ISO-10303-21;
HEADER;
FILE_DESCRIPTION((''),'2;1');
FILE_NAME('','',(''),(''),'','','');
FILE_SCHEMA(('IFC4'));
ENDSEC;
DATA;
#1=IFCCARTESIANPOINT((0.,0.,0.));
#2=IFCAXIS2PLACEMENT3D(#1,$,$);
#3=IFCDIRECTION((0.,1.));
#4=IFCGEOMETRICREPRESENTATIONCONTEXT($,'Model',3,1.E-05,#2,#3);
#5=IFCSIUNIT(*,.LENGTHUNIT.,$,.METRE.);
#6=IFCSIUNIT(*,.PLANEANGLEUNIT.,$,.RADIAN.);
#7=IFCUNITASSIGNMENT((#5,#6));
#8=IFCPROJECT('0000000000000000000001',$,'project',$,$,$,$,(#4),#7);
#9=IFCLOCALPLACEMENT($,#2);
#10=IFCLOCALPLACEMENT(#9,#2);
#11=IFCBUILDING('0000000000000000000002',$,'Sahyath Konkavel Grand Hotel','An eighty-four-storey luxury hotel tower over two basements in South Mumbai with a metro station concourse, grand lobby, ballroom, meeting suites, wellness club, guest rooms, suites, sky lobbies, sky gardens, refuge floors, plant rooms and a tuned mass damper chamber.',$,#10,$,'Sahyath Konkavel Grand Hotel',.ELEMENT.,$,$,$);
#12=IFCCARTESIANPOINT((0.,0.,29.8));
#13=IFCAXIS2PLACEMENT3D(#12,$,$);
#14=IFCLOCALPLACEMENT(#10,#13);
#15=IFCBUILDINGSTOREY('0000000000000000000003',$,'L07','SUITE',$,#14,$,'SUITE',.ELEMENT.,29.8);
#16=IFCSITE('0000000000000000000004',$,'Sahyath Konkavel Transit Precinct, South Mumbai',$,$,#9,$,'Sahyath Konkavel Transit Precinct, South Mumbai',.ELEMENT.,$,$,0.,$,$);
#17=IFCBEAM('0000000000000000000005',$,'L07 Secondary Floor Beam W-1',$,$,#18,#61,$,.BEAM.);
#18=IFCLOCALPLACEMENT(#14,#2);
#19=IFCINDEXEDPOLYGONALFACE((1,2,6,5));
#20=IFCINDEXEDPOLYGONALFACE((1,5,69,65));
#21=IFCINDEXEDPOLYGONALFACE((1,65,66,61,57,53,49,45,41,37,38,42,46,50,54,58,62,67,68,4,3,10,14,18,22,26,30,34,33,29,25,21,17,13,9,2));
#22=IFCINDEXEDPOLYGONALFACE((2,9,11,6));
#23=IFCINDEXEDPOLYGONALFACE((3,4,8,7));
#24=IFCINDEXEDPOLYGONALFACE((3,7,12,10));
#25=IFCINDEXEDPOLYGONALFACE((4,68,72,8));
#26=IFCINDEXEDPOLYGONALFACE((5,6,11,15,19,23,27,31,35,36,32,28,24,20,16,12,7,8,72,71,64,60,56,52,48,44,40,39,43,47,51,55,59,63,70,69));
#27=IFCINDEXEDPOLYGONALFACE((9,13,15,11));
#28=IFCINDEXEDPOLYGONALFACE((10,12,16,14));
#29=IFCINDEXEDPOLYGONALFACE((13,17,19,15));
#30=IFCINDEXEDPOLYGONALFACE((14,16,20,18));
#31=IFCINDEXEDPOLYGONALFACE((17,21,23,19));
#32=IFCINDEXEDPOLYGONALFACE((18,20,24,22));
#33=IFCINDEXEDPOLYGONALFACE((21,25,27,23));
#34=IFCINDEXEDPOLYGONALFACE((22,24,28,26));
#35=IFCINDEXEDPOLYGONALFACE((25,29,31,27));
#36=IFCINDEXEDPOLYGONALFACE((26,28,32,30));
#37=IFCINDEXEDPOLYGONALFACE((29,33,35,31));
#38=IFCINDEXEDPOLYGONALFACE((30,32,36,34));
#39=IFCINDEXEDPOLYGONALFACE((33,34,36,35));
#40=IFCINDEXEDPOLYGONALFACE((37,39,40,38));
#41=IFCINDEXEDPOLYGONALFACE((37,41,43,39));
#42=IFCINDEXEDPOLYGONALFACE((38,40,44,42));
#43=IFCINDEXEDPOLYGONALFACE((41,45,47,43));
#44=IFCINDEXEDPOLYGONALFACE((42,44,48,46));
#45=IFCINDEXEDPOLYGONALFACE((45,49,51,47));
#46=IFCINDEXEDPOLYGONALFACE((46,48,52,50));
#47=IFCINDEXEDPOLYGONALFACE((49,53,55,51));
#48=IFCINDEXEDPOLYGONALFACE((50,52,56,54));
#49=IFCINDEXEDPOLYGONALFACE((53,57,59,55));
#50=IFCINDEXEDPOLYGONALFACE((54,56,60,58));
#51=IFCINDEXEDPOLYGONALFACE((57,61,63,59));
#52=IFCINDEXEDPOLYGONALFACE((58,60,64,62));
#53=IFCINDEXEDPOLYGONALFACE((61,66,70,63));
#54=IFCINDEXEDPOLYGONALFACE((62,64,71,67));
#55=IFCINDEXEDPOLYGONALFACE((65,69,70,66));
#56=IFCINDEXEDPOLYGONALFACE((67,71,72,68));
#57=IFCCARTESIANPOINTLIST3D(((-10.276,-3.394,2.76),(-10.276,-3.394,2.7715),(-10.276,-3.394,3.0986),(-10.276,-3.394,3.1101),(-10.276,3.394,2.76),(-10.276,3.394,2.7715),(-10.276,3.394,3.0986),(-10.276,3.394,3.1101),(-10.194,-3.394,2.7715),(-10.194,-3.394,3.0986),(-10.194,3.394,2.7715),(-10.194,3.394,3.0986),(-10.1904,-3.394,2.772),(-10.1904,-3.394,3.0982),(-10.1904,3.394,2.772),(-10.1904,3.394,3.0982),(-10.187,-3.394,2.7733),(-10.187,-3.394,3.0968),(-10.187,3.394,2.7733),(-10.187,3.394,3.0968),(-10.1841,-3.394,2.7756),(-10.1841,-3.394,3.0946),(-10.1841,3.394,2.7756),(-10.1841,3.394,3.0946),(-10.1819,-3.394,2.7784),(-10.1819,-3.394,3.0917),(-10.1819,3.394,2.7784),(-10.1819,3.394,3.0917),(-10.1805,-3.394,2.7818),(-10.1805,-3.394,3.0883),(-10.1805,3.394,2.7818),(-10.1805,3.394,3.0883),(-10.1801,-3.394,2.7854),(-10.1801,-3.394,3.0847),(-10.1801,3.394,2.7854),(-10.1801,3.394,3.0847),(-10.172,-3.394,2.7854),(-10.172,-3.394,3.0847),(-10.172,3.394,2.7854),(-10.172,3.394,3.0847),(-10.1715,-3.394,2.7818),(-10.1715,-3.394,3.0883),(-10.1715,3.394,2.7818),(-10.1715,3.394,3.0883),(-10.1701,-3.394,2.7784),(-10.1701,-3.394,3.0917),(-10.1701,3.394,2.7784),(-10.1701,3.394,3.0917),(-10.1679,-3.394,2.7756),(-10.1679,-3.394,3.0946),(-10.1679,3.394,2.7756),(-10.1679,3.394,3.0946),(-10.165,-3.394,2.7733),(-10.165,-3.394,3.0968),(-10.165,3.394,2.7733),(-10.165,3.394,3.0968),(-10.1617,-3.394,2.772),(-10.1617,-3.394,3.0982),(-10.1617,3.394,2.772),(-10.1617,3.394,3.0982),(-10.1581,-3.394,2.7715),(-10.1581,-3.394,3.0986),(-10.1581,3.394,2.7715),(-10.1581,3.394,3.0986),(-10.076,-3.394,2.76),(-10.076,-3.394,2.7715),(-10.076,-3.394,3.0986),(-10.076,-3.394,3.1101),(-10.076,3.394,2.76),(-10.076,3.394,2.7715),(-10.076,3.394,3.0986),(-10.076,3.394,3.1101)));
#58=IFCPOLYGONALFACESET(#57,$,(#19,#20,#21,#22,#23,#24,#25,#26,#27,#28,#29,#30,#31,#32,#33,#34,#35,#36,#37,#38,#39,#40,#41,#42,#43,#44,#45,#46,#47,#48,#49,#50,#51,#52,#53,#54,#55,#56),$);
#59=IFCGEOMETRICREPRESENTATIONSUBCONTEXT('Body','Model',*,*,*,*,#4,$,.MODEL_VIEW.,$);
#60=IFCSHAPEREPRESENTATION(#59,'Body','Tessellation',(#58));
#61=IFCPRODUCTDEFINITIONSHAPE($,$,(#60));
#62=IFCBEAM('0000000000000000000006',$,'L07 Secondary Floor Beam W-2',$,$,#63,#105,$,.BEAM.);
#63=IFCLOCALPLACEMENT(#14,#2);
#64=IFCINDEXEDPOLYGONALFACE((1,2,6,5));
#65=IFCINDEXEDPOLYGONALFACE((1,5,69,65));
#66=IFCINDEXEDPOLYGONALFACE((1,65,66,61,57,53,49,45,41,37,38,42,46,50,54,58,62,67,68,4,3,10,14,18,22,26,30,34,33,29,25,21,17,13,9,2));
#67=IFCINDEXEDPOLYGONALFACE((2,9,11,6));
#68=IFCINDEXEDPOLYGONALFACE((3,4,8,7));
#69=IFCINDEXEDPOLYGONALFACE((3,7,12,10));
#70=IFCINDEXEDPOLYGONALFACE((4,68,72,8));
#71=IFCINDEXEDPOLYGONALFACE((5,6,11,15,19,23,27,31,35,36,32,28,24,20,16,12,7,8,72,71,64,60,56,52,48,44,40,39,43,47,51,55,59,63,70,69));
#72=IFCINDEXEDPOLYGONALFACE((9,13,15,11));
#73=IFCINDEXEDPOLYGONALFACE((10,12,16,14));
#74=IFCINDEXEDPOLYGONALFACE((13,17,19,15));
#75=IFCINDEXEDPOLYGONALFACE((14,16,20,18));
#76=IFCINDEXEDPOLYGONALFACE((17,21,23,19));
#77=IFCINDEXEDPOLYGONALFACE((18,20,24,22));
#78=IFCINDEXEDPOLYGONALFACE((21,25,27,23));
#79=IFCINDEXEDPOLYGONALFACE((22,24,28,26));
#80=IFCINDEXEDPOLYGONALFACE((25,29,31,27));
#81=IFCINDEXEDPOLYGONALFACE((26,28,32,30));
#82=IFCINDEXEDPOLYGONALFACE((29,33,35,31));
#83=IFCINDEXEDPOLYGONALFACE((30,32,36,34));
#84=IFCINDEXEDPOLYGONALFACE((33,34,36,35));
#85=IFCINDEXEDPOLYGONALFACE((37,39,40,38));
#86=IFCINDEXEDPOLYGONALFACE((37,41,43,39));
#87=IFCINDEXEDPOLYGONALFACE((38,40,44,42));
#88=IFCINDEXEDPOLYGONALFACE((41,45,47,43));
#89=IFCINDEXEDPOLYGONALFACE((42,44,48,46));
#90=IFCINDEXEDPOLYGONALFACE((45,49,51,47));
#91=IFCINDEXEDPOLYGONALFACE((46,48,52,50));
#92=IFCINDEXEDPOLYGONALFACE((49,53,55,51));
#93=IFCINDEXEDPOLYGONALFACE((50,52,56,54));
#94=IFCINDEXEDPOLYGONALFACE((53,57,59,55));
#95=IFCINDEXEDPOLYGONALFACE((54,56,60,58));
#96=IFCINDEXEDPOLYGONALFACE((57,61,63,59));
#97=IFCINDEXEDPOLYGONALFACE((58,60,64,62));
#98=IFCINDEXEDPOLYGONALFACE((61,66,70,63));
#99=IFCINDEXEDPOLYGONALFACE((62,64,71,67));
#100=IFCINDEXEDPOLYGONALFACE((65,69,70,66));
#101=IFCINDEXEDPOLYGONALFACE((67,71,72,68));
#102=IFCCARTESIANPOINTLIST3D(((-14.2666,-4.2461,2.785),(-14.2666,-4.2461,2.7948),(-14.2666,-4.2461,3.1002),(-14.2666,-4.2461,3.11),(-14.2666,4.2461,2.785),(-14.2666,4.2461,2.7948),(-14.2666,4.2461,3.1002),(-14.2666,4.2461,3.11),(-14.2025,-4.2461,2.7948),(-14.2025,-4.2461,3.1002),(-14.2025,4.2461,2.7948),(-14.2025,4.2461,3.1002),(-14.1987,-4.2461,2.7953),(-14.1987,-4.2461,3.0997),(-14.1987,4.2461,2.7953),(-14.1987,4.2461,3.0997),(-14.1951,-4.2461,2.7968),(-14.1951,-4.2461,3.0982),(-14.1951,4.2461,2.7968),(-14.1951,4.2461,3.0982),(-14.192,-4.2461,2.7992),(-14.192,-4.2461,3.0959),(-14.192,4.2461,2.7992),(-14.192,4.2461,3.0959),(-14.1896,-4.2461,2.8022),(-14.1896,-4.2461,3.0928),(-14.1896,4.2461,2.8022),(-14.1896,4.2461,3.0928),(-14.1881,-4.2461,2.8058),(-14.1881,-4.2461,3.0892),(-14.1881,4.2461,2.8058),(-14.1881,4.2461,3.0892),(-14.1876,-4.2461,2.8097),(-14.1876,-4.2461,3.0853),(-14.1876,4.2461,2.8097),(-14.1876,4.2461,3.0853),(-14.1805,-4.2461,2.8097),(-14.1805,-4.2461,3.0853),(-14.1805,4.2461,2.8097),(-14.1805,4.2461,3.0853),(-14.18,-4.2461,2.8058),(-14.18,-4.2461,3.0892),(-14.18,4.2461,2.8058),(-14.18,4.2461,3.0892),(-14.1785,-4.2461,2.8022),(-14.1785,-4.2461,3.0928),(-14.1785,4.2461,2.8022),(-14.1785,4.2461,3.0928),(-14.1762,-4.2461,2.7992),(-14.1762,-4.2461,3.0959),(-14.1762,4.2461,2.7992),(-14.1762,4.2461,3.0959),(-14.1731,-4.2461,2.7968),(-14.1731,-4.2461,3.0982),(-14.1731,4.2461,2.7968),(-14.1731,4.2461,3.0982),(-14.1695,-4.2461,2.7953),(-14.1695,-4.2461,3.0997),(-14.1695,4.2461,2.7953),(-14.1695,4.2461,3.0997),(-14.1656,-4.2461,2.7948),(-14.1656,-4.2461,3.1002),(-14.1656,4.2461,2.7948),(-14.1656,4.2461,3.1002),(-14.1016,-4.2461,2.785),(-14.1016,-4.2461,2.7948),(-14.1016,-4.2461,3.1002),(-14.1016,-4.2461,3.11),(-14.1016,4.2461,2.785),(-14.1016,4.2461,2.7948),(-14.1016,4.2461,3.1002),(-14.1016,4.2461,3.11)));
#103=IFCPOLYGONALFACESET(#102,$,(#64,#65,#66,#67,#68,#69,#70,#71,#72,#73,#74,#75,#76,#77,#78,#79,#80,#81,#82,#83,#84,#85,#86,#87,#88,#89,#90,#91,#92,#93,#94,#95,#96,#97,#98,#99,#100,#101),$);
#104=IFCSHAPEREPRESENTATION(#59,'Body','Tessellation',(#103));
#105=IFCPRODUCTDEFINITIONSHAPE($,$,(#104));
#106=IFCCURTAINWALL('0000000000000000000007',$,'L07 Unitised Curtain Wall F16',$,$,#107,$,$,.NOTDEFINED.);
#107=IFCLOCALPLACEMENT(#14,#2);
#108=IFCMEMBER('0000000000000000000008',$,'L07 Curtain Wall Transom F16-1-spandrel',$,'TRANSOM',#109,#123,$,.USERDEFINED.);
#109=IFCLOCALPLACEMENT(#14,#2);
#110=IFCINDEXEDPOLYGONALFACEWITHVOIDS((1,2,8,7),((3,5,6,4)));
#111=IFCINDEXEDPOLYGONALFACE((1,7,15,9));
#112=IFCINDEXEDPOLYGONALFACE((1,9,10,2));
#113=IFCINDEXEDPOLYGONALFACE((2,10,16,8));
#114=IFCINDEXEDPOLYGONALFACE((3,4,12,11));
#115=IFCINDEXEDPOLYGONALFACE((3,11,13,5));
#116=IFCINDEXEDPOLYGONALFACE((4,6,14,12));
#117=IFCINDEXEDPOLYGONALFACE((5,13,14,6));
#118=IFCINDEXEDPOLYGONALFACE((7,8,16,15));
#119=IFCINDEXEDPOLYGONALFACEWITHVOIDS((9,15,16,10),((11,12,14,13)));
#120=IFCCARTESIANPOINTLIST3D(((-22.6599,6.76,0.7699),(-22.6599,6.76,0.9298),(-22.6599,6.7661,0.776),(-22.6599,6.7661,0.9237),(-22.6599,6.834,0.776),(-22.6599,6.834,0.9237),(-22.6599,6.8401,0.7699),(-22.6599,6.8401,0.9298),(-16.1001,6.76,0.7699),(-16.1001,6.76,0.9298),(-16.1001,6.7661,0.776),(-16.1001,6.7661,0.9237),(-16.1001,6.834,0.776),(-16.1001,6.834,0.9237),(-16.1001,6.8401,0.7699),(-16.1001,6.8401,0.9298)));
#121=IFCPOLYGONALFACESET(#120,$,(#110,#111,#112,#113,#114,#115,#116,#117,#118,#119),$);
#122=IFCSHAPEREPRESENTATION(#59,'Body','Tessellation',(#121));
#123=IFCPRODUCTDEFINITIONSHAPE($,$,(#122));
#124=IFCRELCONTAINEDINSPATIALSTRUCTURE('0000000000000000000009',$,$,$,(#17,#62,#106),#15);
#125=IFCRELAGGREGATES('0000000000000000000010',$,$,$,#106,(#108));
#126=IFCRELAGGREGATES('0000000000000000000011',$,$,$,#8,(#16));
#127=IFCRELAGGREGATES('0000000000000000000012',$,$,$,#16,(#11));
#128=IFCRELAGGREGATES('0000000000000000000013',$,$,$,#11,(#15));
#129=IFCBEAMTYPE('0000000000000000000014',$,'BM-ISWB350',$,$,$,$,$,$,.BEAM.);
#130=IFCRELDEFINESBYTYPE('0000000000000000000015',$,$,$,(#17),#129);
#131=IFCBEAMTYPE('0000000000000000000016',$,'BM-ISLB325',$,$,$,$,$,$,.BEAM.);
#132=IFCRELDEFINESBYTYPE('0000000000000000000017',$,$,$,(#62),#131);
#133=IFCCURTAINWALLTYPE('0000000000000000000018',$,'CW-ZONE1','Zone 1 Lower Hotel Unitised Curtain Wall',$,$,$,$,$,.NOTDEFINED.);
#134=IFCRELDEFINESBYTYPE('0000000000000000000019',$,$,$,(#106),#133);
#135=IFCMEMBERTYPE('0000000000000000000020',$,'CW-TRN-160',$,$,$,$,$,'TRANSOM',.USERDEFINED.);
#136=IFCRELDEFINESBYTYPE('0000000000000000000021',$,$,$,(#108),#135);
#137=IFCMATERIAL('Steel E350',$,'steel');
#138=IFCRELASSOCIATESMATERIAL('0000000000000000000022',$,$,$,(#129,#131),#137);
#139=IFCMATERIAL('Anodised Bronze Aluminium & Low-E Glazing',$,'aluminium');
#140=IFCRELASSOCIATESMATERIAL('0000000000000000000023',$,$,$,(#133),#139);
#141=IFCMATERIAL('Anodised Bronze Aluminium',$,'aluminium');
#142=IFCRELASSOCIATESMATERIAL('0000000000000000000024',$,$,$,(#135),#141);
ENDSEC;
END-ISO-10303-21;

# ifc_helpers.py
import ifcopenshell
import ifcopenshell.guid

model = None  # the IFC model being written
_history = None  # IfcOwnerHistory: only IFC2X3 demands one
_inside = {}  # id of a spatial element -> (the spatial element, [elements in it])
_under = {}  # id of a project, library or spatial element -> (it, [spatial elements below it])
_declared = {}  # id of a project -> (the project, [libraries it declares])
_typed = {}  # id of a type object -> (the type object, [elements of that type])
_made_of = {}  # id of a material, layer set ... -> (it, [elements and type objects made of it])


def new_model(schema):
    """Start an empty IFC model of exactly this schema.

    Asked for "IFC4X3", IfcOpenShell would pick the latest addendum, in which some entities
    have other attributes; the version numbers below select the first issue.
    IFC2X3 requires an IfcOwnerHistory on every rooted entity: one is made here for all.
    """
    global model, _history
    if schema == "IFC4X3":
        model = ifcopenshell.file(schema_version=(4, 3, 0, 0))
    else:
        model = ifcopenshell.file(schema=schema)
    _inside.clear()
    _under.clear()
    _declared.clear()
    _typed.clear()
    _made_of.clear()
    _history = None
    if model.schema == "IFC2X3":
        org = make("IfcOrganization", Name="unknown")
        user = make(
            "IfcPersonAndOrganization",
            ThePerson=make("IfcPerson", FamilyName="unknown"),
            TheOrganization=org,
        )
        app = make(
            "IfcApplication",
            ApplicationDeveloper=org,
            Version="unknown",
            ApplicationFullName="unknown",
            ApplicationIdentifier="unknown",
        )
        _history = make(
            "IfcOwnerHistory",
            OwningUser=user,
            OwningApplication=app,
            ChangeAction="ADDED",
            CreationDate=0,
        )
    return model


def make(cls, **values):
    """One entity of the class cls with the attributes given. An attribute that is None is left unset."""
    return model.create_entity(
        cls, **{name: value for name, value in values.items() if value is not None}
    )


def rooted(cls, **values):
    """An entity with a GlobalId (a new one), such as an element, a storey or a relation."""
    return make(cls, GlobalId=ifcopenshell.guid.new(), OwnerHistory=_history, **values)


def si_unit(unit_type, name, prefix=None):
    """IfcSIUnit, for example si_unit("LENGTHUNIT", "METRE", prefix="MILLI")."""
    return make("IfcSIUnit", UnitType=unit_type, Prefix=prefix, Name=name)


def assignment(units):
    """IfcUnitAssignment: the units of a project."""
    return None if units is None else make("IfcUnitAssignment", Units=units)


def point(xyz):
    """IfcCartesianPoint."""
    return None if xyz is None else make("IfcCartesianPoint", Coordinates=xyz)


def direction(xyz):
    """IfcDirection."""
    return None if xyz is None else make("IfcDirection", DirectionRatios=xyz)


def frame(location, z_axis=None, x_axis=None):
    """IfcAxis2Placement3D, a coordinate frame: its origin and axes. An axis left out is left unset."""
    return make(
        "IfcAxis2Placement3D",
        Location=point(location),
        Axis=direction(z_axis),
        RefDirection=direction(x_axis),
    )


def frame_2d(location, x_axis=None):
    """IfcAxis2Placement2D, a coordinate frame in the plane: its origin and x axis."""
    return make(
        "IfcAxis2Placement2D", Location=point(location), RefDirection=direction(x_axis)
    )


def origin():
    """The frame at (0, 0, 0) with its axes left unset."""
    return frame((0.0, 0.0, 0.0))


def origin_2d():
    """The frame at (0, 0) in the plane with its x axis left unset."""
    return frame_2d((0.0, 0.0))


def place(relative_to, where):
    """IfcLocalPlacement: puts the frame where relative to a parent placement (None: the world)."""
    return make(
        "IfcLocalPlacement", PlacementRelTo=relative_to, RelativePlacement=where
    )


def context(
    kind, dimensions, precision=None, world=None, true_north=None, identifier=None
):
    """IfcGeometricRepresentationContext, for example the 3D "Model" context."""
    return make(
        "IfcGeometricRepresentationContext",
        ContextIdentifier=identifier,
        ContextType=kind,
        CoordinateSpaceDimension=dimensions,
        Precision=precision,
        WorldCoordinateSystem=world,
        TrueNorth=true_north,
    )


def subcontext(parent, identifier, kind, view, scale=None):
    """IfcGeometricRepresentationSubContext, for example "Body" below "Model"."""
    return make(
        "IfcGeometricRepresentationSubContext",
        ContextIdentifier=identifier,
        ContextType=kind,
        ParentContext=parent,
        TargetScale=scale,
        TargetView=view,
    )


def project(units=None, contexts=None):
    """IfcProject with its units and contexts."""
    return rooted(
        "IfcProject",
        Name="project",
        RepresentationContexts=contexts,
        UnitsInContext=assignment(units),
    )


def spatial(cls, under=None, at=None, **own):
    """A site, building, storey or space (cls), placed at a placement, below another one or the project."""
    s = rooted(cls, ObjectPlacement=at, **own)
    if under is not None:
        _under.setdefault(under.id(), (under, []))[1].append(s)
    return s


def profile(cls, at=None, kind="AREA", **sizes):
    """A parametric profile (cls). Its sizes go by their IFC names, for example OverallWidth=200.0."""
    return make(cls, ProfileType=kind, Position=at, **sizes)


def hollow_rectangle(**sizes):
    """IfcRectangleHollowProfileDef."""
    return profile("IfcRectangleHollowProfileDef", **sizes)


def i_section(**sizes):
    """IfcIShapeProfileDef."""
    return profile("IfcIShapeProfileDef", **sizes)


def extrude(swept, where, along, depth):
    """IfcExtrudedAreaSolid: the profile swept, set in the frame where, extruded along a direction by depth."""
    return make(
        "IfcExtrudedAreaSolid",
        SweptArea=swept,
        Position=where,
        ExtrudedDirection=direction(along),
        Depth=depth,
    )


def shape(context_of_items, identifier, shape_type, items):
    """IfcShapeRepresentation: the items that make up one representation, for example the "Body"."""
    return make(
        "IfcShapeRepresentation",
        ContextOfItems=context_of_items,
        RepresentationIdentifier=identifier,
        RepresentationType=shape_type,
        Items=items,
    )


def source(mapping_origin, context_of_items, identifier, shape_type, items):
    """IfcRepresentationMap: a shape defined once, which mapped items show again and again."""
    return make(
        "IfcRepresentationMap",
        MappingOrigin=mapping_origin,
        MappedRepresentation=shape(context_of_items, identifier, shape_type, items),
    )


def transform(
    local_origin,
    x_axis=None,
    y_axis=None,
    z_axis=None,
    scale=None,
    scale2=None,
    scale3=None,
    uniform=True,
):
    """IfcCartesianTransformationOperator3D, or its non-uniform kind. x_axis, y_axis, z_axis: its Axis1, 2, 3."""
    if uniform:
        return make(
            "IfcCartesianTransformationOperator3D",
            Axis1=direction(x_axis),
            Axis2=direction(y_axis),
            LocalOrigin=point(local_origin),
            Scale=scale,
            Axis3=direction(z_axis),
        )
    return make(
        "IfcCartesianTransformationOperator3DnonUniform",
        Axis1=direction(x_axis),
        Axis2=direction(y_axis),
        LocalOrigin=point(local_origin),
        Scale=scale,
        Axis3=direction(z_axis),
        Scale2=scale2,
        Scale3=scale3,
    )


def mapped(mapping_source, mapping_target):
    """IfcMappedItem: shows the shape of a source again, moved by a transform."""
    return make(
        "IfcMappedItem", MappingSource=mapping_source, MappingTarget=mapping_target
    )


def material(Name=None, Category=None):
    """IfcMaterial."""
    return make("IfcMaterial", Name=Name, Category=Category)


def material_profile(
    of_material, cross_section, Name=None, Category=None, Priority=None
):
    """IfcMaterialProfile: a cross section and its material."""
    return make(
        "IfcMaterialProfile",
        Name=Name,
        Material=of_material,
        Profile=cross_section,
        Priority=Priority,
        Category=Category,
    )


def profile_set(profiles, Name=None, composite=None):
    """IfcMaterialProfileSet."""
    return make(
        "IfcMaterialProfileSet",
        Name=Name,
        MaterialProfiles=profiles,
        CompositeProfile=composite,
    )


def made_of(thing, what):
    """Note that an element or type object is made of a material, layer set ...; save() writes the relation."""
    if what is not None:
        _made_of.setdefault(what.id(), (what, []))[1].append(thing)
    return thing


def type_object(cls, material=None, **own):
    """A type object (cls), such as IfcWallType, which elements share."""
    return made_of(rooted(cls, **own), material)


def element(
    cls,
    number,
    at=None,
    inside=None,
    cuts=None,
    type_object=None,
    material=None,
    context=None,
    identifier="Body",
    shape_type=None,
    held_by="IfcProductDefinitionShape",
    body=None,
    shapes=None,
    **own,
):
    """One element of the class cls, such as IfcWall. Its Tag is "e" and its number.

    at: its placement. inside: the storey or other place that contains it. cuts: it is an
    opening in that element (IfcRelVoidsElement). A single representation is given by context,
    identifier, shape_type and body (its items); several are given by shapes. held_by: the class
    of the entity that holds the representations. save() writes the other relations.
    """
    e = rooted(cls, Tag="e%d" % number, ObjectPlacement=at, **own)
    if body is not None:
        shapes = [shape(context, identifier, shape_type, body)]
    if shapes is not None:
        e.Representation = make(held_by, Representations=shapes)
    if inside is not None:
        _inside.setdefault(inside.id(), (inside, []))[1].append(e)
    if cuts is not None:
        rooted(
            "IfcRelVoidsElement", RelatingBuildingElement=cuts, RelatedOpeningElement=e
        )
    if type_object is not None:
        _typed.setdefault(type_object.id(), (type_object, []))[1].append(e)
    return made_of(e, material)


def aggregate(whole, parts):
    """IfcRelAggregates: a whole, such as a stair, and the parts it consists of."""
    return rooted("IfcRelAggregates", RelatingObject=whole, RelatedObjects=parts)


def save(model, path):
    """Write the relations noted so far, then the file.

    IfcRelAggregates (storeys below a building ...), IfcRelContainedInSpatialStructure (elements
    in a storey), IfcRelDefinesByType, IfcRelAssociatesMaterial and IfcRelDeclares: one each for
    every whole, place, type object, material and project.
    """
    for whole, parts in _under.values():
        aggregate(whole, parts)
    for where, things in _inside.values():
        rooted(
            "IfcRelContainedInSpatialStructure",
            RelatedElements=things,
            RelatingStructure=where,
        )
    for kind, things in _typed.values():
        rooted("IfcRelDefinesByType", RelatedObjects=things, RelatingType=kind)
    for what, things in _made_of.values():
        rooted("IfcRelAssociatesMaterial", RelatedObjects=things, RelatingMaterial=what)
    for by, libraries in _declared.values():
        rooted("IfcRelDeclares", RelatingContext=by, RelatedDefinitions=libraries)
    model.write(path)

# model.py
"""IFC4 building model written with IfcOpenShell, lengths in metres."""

from ifc_helpers import new_model, si_unit, direction, frame, origin, origin_2d, place, context, subcontext, project, spatial, hollow_rectangle, i_section, extrude, source, transform, mapped, material, material_profile, profile_set, type_object, element, aggregate, save


model = new_model("IFC4")

# Units and contexts
model_context = context("Model", 3, precision=1e-05, world=origin(), true_north=direction((0.0, 1.0)))
body_context = subcontext(model_context, "Body", "Model", "MODEL_VIEW")
ifc_project = project(units=[si_unit("LENGTHUNIT", "METRE"), si_unit("PLANEANGLEUNIT", "RADIAN")], contexts=[model_context])

# Site, building, storey
site_placement = place(None, origin())
site = spatial("IfcSite", under=ifc_project, at=site_placement, Name="Sahyath Konkavel Transit Precinct, South Mumbai", LongName="Sahyath Konkavel Transit Precinct, South Mumbai", CompositionType="ELEMENT", RefElevation=0.0)
building_placement = place(site_placement, origin())
building = spatial("IfcBuilding", under=site, at=building_placement, Name="Sahyath Konkavel Grand Hotel", Description="An eighty-four-storey luxury hotel tower over two basements in South Mumbai with a metro station concourse, grand lobby, ballroom, meeting suites, wellness club, guest rooms, suites, sky lobbies, sky gardens, refuge floors, plant rooms and a tuned mass damper chamber.", LongName="Sahyath Konkavel Grand Hotel", CompositionType="ELEMENT")
storey_placement = place(building_placement, frame((0.0, 0.0, 29.8)))
storey = spatial("IfcBuildingStorey", under=building, at=storey_placement, Name="L07", Description="SUITE", LongName="SUITE", CompositionType="ELEMENT", Elevation=29.8)

# Beams
ifc_material_1 = material(Name="Steel E350", Category="steel")
ifc_material_profile_1 = material_profile(ifc_material_1, i_section(OverallWidth=0.2, OverallDepth=0.3501, WebThickness=0.0081, FlangeThickness=0.0115, FilletRadius=0.0139, at=origin_2d()), Name="ISWB 350")
ifc_profile_set_1 = profile_set([ifc_material_profile_1], Name="Steel E350")
beam_type_1 = type_object("IfcBeamType", Name="BM-ISWB350", PredefinedType="BEAM", material=ifc_profile_set_1)
shared_shape_1 = source(origin(), body_context, "Body", "SweptSolid", [
    extrude(i_section(OverallWidth=0.2, OverallDepth=0.3501, WebThickness=0.0081, FlangeThickness=0.0115, FilletRadius=0.0139, at=origin_2d()), origin(), (0.0, 0.0, 1.0), 6.7881),
])
beam_1_placement = place(storey_placement, frame((-10.176, 3.394, 2.9351), z_axis=(0.0, -1.0, 0.0), x_axis=(1.0, 0.0, 0.0)))
element("IfcBeam", 1, at=beam_1_placement, inside=storey, type_object=beam_type_1, Name="L07 Secondary Floor Beam W-1", PredefinedType="BEAM", context=body_context, shape_type="MappedRepresentation", body=[
    mapped(shared_shape_1, transform((0.0, 0.0, 0.0), scale=1.0)),
])
ifc_material_profile_2 = material_profile(ifc_material_1, i_section(OverallWidth=0.165, OverallDepth=0.325, WebThickness=0.0071, FlangeThickness=0.0098, FilletRadius=0.0149, at=origin_2d()), Name="ISLB 325")
ifc_profile_set_2 = profile_set([ifc_material_profile_2], Name="Steel E350")
beam_type_2 = type_object("IfcBeamType", Name="BM-ISLB325", PredefinedType="BEAM", material=ifc_profile_set_2)
shared_shape_2 = source(origin(), body_context, "Body", "SweptSolid", [
    extrude(i_section(OverallWidth=0.165, OverallDepth=0.325, WebThickness=0.0071, FlangeThickness=0.0098, FilletRadius=0.0149, at=origin_2d()), origin(), (0.0, 0.0, 1.0), 8.4922),
])
beam_2_placement = place(storey_placement, frame((-14.1841, 4.2461, 2.9475), z_axis=(0.0, -1.0, 0.0), x_axis=(1.0, 0.0, 0.0)))
element("IfcBeam", 2, at=beam_2_placement, inside=storey, type_object=beam_type_2, Name="L07 Secondary Floor Beam W-2", PredefinedType="BEAM", context=body_context, shape_type="MappedRepresentation", body=[
    mapped(shared_shape_2, transform((0.0, 0.0, 0.0), scale=1.0)),
])

# Curtain wall, member
ifc_material_2 = material(Name="Anodised Bronze Aluminium & Low-E Glazing", Category="aluminium")
curtain_wall_type = type_object("IfcCurtainWallType", Name="CW-ZONE1", Description="Zone 1 Lower Hotel Unitised Curtain Wall", PredefinedType="NOTDEFINED", material=ifc_material_2)
curtain_wall_placement = place(storey_placement, origin())
curtain_wall = element("IfcCurtainWall", 3, at=curtain_wall_placement, inside=storey, type_object=curtain_wall_type, Name="L07 Unitised Curtain Wall F16", PredefinedType="NOTDEFINED")
ifc_material_3 = material(Name="Anodised Bronze Aluminium", Category="aluminium")
ifc_material_profile_3 = material_profile(ifc_material_3, hollow_rectangle(XDim=0.0801, YDim=0.1599, WallThickness=0.0061, at=origin_2d()), Name="RHS 160x80x6")
ifc_profile_set_3 = profile_set([ifc_material_profile_3], Name="Anodised Bronze Aluminium")
member_type = type_object("IfcMemberType", Name="CW-TRN-160", ElementType="TRANSOM", PredefinedType="USERDEFINED", material=ifc_profile_set_3)
shared_shape_3 = source(origin(), body_context, "Body", "SweptSolid", [
    extrude(hollow_rectangle(XDim=0.0801, YDim=0.1599, WallThickness=0.0061, at=origin_2d()), origin(), (0.0, 0.0, 1.0), 6.5598),
])
member_placement = place(storey_placement, frame((-16.1001, 6.8, 0.8499), z_axis=(-1.0, 0.0, 0.0), x_axis=(0.0, -1.0, 0.0)))
member = element("IfcMember", 4, at=member_placement, type_object=member_type, Name="L07 Curtain Wall Transom F16-1-spandrel", ObjectType="TRANSOM", PredefinedType="USERDEFINED", context=body_context, shape_type="MappedRepresentation", body=[
    mapped(shared_shape_3, transform((0.0, 0.0, 0.0), scale=1.0)),
])

aggregate(curtain_wall, [member])

save(model, "model.ifc")
